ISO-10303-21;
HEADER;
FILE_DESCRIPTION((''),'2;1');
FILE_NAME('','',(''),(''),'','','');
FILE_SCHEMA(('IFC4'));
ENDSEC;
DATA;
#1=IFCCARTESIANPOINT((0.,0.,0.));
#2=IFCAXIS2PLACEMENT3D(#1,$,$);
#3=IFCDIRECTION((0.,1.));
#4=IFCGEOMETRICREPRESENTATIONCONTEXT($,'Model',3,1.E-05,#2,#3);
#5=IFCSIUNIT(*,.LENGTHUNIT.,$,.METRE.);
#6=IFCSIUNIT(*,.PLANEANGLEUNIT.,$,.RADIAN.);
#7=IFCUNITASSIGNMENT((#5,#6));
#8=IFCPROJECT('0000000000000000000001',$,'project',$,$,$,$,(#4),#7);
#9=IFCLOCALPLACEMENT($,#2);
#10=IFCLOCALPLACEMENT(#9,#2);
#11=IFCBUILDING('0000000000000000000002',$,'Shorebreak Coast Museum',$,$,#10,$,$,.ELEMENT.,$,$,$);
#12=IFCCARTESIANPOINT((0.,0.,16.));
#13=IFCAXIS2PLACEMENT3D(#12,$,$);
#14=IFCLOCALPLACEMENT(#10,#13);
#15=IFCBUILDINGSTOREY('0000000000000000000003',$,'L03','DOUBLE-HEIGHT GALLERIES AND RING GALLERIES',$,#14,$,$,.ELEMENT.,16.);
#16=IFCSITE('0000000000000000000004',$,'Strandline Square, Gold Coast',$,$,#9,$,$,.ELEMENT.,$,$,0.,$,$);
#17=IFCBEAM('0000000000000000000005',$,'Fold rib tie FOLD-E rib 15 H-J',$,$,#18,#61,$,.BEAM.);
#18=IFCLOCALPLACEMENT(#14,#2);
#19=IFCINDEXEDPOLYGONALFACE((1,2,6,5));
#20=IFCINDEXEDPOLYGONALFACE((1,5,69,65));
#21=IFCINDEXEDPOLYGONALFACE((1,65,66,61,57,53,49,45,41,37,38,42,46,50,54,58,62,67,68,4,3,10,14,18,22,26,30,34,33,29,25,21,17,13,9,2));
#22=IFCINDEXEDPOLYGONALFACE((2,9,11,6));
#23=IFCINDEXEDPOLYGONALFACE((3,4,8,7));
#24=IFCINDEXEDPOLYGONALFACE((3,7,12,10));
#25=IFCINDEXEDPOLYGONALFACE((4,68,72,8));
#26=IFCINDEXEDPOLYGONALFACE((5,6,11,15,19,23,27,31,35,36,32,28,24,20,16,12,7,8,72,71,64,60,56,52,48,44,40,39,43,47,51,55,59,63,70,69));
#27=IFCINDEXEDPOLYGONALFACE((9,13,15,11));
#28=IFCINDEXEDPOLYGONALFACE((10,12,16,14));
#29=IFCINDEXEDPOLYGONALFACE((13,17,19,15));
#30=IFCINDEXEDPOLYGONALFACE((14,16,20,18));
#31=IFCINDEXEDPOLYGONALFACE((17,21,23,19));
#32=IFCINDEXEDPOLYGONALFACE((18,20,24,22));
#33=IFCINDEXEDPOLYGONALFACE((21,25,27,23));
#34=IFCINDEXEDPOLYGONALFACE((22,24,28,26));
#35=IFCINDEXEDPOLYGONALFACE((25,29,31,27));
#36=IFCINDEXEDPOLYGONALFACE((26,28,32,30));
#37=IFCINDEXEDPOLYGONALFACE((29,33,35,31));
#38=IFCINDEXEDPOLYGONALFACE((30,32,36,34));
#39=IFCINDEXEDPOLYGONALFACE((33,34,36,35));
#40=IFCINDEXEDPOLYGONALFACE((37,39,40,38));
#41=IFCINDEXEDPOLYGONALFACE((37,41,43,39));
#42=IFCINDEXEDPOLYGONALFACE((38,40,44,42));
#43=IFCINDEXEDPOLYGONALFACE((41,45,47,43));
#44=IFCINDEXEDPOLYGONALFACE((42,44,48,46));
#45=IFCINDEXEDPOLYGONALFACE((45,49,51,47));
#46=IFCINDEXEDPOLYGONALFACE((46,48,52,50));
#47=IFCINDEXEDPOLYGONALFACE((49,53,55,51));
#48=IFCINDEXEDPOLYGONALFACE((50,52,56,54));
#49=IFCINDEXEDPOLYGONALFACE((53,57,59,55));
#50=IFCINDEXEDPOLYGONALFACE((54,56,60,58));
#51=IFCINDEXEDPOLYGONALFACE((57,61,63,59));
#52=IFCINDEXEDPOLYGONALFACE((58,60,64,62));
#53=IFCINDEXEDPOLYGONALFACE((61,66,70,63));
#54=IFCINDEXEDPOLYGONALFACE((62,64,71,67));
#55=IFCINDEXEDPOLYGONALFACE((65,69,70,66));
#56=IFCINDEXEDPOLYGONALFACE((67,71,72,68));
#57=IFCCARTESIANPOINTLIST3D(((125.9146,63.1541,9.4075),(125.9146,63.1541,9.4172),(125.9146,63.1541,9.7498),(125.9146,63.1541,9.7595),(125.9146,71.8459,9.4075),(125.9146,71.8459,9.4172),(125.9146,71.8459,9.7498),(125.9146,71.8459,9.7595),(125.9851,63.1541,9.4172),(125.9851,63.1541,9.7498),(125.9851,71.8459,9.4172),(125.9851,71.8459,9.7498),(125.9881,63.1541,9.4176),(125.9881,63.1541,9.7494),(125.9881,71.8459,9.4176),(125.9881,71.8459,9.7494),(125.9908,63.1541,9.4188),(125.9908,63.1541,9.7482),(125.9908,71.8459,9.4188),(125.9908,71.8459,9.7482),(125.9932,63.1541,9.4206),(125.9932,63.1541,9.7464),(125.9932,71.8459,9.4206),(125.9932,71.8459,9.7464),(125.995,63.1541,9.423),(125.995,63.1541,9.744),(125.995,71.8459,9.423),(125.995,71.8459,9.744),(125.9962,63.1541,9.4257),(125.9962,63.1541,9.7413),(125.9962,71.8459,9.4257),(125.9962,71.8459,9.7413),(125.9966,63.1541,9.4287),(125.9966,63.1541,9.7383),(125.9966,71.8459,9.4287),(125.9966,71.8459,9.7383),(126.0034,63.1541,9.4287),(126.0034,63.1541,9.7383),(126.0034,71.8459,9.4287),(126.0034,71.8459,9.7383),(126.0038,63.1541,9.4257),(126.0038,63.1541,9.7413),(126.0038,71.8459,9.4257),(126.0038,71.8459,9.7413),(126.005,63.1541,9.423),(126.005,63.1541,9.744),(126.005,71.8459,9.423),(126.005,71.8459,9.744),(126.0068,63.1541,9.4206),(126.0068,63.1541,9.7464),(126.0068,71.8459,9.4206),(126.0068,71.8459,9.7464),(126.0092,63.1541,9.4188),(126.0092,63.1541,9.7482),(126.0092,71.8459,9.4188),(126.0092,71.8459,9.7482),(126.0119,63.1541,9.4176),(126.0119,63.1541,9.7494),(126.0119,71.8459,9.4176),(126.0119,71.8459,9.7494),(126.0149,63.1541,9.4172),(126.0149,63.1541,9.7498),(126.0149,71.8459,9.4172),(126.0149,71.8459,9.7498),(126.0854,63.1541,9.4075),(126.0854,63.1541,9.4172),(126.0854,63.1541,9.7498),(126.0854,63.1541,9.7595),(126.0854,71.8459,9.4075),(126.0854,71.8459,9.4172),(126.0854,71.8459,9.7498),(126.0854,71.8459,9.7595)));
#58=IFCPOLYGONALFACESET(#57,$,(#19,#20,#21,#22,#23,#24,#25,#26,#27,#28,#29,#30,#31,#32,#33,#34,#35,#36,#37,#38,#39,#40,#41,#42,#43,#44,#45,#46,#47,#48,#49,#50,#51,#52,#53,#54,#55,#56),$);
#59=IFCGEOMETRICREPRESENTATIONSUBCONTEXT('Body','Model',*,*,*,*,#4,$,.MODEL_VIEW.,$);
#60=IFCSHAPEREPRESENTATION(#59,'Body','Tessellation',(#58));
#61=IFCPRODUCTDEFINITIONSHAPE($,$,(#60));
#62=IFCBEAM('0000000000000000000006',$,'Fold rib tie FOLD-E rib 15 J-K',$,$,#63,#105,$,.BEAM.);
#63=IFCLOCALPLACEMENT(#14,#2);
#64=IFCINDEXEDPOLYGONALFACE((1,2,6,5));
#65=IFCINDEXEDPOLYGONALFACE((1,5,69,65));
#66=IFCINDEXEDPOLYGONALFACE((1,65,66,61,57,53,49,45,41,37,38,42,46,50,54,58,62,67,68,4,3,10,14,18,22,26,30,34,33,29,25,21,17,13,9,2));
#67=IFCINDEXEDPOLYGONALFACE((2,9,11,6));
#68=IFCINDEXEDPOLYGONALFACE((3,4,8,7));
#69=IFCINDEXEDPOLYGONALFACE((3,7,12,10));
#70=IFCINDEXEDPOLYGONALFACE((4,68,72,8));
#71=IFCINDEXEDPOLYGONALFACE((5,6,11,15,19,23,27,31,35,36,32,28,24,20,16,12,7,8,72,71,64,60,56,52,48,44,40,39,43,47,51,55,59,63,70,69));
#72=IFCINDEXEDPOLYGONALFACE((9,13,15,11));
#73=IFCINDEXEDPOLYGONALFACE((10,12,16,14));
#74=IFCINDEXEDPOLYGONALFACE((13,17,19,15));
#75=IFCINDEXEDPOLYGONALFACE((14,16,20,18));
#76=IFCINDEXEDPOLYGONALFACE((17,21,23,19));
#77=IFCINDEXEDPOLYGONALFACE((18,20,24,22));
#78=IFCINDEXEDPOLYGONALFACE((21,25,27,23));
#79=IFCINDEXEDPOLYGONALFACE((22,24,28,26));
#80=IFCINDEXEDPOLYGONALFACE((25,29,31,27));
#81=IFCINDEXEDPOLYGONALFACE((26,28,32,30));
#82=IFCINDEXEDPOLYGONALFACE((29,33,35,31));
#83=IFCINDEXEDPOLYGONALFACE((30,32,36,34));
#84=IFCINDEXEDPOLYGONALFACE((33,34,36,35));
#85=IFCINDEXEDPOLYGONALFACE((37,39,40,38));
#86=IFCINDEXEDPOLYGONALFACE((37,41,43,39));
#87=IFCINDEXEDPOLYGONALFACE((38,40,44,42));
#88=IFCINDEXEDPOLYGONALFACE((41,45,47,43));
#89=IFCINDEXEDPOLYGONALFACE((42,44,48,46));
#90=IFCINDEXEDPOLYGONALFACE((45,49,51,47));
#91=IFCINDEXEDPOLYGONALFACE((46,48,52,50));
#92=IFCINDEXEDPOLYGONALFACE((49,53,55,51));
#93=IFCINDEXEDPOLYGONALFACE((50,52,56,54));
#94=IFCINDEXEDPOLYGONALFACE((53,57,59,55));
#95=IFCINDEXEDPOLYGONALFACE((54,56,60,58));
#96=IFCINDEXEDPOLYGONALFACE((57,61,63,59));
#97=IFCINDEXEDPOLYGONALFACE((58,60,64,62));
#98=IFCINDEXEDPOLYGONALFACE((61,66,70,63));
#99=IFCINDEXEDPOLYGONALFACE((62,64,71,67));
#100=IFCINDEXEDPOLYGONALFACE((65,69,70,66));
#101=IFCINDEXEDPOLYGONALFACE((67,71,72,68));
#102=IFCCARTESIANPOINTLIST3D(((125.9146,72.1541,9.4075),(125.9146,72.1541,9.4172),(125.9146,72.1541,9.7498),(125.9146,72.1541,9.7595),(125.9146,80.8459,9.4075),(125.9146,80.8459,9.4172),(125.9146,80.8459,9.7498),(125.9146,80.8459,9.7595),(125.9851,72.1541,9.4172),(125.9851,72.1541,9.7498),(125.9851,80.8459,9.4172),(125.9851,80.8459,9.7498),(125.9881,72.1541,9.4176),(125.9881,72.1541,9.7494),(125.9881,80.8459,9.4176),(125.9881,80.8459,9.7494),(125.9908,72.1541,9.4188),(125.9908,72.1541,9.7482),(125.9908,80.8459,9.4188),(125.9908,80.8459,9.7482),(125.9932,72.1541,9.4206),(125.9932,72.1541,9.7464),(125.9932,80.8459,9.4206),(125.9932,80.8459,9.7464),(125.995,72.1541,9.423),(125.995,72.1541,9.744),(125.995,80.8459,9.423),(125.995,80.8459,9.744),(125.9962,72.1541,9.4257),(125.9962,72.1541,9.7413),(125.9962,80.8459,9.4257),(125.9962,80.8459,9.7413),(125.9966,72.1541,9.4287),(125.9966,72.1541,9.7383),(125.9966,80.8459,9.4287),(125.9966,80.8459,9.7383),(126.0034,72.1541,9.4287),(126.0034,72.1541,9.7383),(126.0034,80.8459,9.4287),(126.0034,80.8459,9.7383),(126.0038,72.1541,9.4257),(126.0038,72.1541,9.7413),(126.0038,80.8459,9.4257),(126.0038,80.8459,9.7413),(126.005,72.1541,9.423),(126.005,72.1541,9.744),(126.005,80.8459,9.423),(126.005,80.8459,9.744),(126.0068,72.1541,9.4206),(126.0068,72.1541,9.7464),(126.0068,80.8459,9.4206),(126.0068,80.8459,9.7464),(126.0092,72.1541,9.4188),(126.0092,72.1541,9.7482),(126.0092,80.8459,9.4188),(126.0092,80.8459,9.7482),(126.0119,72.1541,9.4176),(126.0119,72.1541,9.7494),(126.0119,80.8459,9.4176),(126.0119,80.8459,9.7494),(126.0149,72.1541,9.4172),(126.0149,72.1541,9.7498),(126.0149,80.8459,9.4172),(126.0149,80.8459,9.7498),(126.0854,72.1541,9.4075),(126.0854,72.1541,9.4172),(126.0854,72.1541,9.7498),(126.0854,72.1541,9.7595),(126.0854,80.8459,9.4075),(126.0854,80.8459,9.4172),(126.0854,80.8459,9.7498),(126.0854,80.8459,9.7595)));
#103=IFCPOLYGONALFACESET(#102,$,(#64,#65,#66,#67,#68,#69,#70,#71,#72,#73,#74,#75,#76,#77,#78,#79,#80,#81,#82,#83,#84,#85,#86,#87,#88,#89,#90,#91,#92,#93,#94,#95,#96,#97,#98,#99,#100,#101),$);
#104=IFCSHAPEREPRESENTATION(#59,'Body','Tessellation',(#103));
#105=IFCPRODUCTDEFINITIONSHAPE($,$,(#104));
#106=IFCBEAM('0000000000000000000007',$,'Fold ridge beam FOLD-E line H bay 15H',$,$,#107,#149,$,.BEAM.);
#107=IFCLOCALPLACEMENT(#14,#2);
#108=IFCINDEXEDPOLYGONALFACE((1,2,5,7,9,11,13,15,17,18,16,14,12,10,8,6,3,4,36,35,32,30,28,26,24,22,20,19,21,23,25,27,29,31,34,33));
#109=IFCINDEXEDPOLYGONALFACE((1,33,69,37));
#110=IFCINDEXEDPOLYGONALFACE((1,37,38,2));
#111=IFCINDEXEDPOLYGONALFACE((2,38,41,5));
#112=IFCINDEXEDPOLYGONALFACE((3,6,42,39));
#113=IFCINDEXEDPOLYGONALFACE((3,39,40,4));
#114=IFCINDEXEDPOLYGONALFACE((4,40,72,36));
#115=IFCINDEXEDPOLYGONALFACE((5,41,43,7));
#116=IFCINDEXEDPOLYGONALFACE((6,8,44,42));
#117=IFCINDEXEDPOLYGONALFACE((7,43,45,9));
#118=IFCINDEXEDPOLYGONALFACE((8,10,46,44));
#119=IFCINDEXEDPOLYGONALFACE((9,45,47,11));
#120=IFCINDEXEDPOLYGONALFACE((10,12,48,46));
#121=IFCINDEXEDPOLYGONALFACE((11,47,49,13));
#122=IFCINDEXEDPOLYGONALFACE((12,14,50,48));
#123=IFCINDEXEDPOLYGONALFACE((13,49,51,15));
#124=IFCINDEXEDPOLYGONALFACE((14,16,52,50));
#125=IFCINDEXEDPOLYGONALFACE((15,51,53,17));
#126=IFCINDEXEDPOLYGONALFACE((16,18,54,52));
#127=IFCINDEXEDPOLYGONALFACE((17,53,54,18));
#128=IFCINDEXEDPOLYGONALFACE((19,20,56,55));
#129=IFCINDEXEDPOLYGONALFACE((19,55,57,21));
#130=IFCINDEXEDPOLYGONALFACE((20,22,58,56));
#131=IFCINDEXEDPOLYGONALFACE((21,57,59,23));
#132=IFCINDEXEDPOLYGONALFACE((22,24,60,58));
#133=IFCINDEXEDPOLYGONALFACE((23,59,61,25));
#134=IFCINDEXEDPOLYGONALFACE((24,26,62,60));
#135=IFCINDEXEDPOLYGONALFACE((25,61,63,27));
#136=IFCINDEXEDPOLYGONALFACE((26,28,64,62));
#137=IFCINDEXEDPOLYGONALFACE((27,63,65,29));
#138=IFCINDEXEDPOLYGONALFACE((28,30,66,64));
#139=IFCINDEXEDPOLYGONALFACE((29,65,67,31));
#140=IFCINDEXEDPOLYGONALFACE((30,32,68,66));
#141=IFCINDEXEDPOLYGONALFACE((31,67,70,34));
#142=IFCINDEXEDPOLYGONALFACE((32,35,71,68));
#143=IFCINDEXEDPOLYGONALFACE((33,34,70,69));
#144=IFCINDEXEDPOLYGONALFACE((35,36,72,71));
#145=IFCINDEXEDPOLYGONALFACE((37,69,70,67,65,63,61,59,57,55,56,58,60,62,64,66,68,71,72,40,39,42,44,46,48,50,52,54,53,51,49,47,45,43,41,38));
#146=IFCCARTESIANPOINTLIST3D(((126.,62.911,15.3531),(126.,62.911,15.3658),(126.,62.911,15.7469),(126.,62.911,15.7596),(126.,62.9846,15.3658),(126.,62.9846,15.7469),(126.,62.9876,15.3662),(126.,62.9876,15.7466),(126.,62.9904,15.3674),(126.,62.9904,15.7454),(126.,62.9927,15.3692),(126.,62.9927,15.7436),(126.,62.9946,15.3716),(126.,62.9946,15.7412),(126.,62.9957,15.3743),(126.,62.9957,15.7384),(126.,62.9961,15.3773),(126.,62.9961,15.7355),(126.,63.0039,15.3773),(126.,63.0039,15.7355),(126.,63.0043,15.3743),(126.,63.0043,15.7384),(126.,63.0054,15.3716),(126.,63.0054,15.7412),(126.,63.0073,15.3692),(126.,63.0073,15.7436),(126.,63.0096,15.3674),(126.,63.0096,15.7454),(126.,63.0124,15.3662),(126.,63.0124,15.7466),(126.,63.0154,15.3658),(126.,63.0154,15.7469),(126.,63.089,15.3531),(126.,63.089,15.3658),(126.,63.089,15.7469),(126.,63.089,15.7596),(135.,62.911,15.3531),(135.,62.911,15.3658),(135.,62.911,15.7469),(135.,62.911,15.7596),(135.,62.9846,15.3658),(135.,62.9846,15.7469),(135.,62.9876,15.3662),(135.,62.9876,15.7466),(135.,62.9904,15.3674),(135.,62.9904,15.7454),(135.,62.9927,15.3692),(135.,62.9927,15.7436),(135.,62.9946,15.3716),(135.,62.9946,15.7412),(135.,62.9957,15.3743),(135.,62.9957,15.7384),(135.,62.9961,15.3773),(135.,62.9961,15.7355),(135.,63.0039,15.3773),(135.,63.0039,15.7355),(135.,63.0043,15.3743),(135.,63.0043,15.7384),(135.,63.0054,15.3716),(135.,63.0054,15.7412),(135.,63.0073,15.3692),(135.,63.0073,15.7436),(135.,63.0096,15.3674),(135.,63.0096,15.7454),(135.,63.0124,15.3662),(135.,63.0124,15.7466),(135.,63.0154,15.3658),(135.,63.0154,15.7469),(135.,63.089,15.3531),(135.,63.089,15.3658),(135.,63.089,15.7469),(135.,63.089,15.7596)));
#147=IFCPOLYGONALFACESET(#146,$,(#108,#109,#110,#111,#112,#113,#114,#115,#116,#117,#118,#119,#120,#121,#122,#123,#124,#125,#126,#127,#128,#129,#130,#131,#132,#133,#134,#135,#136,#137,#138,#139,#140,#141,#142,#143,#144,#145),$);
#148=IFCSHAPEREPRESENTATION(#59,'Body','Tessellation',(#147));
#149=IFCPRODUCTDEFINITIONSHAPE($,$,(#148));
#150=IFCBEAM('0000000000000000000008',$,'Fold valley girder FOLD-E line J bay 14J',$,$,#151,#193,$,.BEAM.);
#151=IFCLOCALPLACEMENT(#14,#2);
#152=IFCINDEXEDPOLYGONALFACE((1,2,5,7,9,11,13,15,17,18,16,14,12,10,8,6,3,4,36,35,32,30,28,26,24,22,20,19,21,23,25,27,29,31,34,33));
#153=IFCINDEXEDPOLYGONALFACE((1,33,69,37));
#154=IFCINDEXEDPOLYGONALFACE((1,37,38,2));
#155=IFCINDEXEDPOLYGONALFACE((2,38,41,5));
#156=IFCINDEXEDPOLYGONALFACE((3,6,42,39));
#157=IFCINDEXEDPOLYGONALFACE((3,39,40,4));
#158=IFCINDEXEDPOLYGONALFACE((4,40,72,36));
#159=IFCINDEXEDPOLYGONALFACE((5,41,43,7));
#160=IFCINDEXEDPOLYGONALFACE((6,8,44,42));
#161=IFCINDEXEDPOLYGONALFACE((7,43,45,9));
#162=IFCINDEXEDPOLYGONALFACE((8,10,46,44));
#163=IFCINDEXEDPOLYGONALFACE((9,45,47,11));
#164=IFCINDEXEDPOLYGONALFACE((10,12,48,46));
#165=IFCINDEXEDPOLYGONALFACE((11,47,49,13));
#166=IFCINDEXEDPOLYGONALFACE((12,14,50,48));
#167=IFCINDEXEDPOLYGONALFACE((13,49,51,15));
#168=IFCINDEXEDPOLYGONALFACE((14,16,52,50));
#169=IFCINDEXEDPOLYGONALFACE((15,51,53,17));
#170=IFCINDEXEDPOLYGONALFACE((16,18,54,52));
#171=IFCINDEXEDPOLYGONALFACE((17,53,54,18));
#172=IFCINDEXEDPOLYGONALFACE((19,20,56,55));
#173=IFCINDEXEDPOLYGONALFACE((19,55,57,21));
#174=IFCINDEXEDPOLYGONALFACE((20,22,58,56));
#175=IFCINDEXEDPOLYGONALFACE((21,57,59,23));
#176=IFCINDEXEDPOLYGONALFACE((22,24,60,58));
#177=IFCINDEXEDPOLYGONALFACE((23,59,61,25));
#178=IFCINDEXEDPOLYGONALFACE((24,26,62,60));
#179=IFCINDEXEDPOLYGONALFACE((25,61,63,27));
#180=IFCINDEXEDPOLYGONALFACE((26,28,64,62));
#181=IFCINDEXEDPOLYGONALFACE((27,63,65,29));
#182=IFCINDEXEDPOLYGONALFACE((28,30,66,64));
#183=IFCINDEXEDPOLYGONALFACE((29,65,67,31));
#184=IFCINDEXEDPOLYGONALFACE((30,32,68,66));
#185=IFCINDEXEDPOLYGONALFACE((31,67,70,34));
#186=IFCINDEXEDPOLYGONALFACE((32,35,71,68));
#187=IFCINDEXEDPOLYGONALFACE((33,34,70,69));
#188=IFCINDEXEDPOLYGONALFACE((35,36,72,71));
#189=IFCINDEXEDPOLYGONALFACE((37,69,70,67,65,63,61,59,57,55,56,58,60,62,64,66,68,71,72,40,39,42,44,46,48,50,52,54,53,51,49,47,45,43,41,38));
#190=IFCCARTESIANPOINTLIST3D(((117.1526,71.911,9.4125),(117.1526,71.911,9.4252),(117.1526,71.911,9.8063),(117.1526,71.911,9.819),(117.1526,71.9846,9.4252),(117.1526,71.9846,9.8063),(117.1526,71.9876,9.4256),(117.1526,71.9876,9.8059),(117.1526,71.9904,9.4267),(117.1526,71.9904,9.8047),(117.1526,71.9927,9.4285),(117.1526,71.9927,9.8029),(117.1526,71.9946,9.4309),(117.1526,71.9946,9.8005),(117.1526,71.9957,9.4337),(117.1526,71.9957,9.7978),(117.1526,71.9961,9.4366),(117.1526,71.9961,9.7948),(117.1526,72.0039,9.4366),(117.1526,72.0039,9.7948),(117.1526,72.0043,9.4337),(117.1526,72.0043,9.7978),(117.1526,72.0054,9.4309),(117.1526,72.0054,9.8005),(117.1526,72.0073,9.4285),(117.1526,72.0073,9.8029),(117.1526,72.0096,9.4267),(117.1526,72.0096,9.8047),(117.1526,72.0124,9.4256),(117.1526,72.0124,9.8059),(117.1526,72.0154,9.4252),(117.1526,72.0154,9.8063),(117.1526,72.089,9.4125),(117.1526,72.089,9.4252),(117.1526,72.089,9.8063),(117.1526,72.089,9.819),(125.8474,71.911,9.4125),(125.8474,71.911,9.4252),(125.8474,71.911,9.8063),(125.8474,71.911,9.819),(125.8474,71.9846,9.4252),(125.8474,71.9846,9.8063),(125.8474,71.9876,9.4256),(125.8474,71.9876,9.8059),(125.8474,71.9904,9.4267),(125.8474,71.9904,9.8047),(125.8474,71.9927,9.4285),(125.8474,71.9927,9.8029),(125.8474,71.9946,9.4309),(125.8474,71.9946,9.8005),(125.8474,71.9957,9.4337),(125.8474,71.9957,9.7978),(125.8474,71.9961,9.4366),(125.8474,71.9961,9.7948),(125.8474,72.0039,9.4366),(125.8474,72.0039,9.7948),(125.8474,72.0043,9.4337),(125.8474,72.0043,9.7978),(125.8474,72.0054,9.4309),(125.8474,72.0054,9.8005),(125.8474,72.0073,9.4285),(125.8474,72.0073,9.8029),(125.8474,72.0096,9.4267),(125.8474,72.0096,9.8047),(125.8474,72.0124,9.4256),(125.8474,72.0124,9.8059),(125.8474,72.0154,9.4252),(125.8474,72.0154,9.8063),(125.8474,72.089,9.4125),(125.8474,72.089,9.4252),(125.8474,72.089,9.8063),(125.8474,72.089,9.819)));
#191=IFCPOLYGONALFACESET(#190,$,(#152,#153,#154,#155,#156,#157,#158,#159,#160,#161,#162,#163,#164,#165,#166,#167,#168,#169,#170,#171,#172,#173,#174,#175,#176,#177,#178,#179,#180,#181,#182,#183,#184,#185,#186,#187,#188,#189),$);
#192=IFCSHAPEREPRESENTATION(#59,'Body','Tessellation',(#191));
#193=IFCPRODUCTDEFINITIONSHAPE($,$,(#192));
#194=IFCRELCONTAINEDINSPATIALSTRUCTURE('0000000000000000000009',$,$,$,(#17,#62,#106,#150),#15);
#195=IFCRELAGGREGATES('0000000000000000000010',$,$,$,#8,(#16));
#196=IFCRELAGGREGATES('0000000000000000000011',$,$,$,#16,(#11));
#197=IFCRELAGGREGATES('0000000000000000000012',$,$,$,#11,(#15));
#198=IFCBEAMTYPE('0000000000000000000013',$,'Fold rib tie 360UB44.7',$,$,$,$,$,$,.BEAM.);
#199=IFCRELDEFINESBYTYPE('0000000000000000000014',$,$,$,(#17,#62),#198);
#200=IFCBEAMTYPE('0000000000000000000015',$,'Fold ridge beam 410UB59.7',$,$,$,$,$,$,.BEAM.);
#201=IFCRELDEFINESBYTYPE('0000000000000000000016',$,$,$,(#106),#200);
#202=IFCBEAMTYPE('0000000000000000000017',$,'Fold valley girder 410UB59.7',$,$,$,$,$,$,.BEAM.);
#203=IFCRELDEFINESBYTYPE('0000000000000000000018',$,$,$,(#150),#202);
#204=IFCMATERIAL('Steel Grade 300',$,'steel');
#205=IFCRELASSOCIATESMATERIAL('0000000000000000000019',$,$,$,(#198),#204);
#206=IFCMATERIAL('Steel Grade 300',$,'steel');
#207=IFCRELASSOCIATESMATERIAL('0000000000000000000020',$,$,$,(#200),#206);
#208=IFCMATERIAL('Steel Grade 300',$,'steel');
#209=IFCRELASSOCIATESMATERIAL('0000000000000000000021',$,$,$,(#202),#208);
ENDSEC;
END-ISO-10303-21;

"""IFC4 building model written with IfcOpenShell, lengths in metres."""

from ifc_helpers import new_model, si_unit, direction, frame, origin, origin_2d, place, context, subcontext, project, spatial, i_section, extrude, material, material_profile, profile_set, type_object, element, save


model = new_model("IFC4")

# Units and contexts
model_context = context("Model", 3, precision=1e-05, world=origin(), true_north=direction((0.0, 1.0)))
body_context = subcontext(model_context, "Body", "Model", "MODEL_VIEW")
ifc_project = project(units=[si_unit("LENGTHUNIT", "METRE"), si_unit("PLANEANGLEUNIT", "RADIAN")], contexts=[model_context])

# Site, building, storey
site_placement = place(None, origin())
site = spatial("IfcSite", under=ifc_project, at=site_placement, Name="Strandline Square, Gold Coast", CompositionType="ELEMENT", RefElevation=0.0)
building_placement = place(site_placement, origin())
building = spatial("IfcBuilding", under=site, at=building_placement, Name="Shorebreak Coast Museum", CompositionType="ELEMENT")
storey_placement = place(building_placement, frame((0.0, 0.0, 16.0)))
storey = spatial("IfcBuildingStorey", under=building, at=storey_placement, Name="L03", Description="DOUBLE-HEIGHT GALLERIES AND RING GALLERIES", CompositionType="ELEMENT", Elevation=16.0)

# Beams
ifc_material_1 = material(Name="Steel Grade 300", Category="steel")
ifc_material_profile_1 = material_profile(ifc_material_1, i_section(OverallWidth=0.1709, OverallDepth=0.3521, WebThickness=0.0068, FlangeThickness=0.0098, FilletRadius=0.0115, at=origin_2d()), Name="360UB44.7")
ifc_profile_set_1 = profile_set([ifc_material_profile_1], Name="Steel Grade 300")
beam_type_1 = type_object("IfcBeamType", Name="Fold rib tie 360UB44.7", PredefinedType="BEAM", material=ifc_profile_set_1)
for number, where, z_axis, x_axis, name in (
    (1, (126.0, 63.1541, 9.5835), (0.0, 1.0, 0.0), (-1.0, 0.0, 0.0), "Fold rib tie FOLD-E rib 15 H-J"),
    (2, (126.0, 72.1541, 9.5835), (0.0, 1.0, 0.0), (-1.0, 0.0, 0.0), "Fold rib tie FOLD-E rib 15 J-K"),
):
    element("IfcBeam", number, at=place(storey_placement, frame(where, z_axis=z_axis, x_axis=x_axis)), inside=storey, type_object=beam_type_1, Name=name, PredefinedType="BEAM", context=body_context, shape_type="SweptSolid", body=[
        extrude(i_section(OverallWidth=0.1709, OverallDepth=0.3521, WebThickness=0.0068, FlangeThickness=0.0098, FilletRadius=0.0115, at=origin_2d()), origin(), (0.0, 0.0, 1.0), 8.6919),
    ])
ifc_material_2 = material(Name="Steel Grade 300", Category="steel")
ifc_material_profile_2 = material_profile(ifc_material_2, i_section(OverallWidth=0.178, OverallDepth=0.4065, WebThickness=0.0078, FlangeThickness=0.0127, FilletRadius=0.0115, at=origin_2d()), Name="410UB59.7")
ifc_profile_set_2 = profile_set([ifc_material_profile_2], Name="Steel Grade 300")
beam_type_2 = type_object("IfcBeamType", Name="Fold ridge beam 410UB59.7", PredefinedType="BEAM", material=ifc_profile_set_2)
beam_placement = place(storey_placement, frame((126.0, 63.0, 15.5564), z_axis=(1.0, 0.0, 0.0), x_axis=(0.0, 1.0, 0.0)))
element("IfcBeam", 3, at=beam_placement, inside=storey, type_object=beam_type_2, Name="Fold ridge beam FOLD-E line H bay 15H", PredefinedType="BEAM", context=body_context, shape_type="SweptSolid", body=[
    extrude(i_section(OverallWidth=0.178, OverallDepth=0.4065, WebThickness=0.0078, FlangeThickness=0.0127, FilletRadius=0.0115, at=origin_2d()), origin(), (0.0, 0.0, 1.0), 9.0),
])
ifc_material_3 = material(Name="Steel Grade 300", Category="steel")
ifc_material_profile_3 = material_profile(ifc_material_3, i_section(OverallWidth=0.178, OverallDepth=0.4065, WebThickness=0.0078, FlangeThickness=0.0127, FilletRadius=0.0115, at=origin_2d()), Name="410UB59.7")
ifc_profile_set_3 = profile_set([ifc_material_profile_3], Name="Steel Grade 300")
beam_type_3 = type_object("IfcBeamType", Name="Fold valley girder 410UB59.7", PredefinedType="BEAM", material=ifc_profile_set_3)
for number, where, z_axis, x_axis, name in (
    (4, (117.1526, 72.0, 9.6157), (1.0, 0.0, 0.0), (0.0, 1.0, 0.0), "Fold valley girder FOLD-E line J bay 14J"),
):
    element("IfcBeam", number, at=place(storey_placement, frame(where, z_axis=z_axis, x_axis=x_axis)), inside=storey, type_object=beam_type_3, Name=name, PredefinedType="BEAM", context=body_context, shape_type="SweptSolid", body=[
        extrude(i_section(OverallWidth=0.178, OverallDepth=0.4065, WebThickness=0.0078, FlangeThickness=0.0127, FilletRadius=0.0115, at=origin_2d()), origin(), (0.0, 0.0, 1.0), 8.6948),
    ])

save(model, "model.ifc")
